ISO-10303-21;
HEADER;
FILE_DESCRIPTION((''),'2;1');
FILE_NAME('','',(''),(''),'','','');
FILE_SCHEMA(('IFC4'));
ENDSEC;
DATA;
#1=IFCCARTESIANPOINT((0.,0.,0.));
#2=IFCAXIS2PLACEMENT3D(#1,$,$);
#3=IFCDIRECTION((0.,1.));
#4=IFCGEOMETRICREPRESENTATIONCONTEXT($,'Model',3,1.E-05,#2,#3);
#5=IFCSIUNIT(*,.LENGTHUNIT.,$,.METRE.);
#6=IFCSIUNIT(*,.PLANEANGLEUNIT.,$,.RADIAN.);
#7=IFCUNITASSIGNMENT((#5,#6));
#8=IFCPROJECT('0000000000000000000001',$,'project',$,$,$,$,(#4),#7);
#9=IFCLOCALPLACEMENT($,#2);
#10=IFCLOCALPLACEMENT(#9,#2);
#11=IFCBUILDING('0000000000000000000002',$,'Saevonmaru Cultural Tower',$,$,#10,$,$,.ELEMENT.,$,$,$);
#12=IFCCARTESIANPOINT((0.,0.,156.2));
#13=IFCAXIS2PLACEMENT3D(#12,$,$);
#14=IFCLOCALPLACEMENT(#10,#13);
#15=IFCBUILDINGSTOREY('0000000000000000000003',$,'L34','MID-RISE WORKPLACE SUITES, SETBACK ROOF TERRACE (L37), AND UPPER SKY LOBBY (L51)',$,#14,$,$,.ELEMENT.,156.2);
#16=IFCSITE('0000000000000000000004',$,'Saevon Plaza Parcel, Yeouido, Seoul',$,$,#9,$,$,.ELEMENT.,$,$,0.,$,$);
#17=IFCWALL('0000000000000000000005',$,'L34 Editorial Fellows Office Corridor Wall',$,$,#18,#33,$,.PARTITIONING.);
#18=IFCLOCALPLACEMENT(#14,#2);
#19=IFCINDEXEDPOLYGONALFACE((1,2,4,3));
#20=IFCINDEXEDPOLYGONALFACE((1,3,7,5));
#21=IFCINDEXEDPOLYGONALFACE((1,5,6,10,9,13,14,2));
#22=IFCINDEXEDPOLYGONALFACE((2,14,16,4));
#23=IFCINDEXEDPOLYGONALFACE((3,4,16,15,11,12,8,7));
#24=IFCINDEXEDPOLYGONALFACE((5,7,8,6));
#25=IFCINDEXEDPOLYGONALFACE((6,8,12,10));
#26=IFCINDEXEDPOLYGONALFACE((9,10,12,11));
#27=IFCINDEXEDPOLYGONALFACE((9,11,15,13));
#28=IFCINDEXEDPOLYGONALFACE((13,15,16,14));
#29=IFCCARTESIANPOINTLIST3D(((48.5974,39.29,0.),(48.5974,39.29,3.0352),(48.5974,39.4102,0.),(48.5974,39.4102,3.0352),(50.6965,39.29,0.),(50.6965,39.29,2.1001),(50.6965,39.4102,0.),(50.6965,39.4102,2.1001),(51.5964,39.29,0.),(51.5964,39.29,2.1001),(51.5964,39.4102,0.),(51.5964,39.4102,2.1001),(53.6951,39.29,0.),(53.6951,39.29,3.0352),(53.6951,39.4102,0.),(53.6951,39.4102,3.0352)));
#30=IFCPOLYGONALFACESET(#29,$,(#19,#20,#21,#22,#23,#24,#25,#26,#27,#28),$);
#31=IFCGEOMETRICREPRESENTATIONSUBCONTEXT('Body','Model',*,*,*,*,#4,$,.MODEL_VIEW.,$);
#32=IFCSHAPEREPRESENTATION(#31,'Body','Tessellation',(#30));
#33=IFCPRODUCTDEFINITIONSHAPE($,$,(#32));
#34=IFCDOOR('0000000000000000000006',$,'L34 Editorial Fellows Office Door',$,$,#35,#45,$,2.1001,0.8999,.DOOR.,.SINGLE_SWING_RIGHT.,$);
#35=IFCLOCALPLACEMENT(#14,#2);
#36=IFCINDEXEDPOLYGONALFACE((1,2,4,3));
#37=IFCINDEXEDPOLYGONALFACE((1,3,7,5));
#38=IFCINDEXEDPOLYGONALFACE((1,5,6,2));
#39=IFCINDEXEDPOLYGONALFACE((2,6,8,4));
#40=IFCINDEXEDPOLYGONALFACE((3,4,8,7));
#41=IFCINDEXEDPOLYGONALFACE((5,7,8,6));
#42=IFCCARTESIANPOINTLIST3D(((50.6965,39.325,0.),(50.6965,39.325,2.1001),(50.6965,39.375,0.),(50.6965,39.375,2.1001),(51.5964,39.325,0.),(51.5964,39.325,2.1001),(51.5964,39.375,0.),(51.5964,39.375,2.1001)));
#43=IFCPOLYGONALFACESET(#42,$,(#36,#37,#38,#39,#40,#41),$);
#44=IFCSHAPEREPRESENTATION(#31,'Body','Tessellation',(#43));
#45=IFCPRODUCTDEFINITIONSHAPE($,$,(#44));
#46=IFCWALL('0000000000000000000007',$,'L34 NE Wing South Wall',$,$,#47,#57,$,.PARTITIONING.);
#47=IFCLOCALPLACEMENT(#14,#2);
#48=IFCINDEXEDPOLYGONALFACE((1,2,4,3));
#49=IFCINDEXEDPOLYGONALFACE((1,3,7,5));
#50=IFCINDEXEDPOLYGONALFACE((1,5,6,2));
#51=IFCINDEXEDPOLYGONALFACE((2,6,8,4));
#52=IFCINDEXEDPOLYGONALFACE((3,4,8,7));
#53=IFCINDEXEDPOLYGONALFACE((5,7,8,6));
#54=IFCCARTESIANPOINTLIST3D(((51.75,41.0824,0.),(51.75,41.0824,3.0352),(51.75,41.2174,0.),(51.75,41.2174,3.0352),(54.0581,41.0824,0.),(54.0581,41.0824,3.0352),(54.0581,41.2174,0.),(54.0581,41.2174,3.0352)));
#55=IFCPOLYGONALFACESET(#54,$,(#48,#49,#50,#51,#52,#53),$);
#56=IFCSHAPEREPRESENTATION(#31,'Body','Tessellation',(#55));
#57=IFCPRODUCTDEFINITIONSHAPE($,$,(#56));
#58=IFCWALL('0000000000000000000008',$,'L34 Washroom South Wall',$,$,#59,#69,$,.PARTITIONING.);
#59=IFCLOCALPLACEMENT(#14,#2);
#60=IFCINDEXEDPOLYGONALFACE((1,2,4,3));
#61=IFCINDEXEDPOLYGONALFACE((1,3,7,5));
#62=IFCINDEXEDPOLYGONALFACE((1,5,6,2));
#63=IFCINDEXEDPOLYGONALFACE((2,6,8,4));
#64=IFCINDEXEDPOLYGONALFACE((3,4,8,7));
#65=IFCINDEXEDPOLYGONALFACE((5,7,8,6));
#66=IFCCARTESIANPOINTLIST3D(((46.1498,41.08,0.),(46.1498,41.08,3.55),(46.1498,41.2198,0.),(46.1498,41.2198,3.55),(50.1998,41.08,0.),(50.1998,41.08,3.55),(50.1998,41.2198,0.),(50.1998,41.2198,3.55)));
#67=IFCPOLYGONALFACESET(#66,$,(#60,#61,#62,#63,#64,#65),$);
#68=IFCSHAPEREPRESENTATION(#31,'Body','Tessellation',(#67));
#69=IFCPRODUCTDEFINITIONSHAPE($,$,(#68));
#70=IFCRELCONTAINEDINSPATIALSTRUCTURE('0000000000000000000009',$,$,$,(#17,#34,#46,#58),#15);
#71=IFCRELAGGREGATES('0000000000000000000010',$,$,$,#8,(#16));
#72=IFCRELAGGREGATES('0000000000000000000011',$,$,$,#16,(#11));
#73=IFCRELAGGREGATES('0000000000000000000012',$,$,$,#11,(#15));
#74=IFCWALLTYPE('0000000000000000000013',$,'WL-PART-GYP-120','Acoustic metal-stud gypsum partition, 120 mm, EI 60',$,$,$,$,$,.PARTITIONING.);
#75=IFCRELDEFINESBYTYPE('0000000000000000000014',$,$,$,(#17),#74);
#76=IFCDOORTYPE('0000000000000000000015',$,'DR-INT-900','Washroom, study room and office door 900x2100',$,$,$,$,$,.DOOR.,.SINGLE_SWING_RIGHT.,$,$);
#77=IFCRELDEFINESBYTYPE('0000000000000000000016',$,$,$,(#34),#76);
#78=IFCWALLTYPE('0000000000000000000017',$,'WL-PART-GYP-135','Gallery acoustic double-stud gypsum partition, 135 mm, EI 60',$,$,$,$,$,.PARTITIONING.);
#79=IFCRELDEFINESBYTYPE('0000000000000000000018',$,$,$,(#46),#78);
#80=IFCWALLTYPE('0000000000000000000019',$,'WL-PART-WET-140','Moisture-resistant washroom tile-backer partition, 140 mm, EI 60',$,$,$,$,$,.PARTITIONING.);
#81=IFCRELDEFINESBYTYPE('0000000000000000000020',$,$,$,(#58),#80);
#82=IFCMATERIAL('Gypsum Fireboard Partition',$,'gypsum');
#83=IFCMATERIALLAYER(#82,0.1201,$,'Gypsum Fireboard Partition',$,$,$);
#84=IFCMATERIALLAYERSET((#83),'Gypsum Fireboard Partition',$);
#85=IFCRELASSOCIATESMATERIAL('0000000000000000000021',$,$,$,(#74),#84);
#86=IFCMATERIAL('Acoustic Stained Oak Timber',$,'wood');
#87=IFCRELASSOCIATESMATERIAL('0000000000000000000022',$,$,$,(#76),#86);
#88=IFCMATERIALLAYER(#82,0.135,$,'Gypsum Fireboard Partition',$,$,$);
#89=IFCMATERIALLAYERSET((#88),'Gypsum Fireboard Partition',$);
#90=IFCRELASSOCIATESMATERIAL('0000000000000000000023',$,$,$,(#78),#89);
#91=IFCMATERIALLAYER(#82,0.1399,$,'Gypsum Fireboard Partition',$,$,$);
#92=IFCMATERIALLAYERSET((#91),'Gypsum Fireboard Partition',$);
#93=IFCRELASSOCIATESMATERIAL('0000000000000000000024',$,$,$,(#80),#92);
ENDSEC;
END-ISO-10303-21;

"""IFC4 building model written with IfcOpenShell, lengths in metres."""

from ifc_helpers import new_model, si_unit, direction, frame, frame_2d, origin, place, context, subcontext, project, spatial, rectangle, extrude, material, layer, layer_set, type_object, element, fill, save


model = new_model("IFC4")

# Units and contexts
model_context = context("Model", 3, precision=1e-05, world=origin(), true_north=direction((0.0, 1.0)))
body_context = subcontext(model_context, "Body", "Model", "MODEL_VIEW")
ifc_project = project(units=[si_unit("LENGTHUNIT", "METRE"), si_unit("PLANEANGLEUNIT", "RADIAN")], contexts=[model_context])

# Site, building, storey
site_placement = place(None, origin())
site = spatial("IfcSite", under=ifc_project, at=site_placement, Name="Saevon Plaza Parcel, Yeouido, Seoul", CompositionType="ELEMENT", RefElevation=0.0)
building_placement = place(site_placement, origin())
building = spatial("IfcBuilding", under=site, at=building_placement, Name="Saevonmaru Cultural Tower", CompositionType="ELEMENT")
storey_placement = place(building_placement, frame((0.0, 0.0, 156.2)))
storey = spatial("IfcBuildingStorey", under=building, at=storey_placement, Name="L34", Description="MID-RISE WORKPLACE SUITES, SETBACK ROOF TERRACE (L37), AND UPPER SKY LOBBY (L51)", CompositionType="ELEMENT", Elevation=156.2)

# Shared definitions
ifc_material_1 = material(Name="Gypsum Fireboard Partition", Category="gypsum")

# Wall, opening, door
ifc_layer_1 = layer(ifc_material_1, 0.1201, Name="Gypsum Fireboard Partition")
ifc_layer_set_1 = layer_set([ifc_layer_1], Name="Gypsum Fireboard Partition")
wall_type_1 = type_object("IfcWallType", Name="WL-PART-GYP-120", Description="Acoustic metal-stud gypsum partition, 120 mm, EI 60", PredefinedType="PARTITIONING", material=ifc_layer_set_1)
wall_1_placement = place(storey_placement, frame((48.5974, 39.3501, 0.0), z_axis=(0.0, 0.0, 1.0), x_axis=(1.0, 0.0, 0.0)))
wall_1 = element("IfcWall", 1, at=wall_1_placement, inside=storey, type_object=wall_type_1, Name="L34 Editorial Fellows Office Corridor Wall", PredefinedType="PARTITIONING", context=body_context, shape_type="SweptSolid", body=[
    extrude(rectangle(XDim=5.0977, YDim=0.1201, at=frame_2d((2.5488, 0.0))), origin(), (0.0, 0.0, 1.0), 3.0352),
])
opening_1_placement = place(wall_1_placement, frame((2.0991, 0.0, 0.0)))
opening_1 = element("IfcOpeningElement", 2, at=opening_1_placement, cuts=wall_1, PredefinedType="OPENING", context=body_context, shape_type="SweptSolid", body=[
    extrude(rectangle(XDim=0.8999, YDim=2.1001, at=frame_2d((0.45, 1.05))), frame((0.0, 0.0701, 0.0), z_axis=(0.0, -1.0, 0.0), x_axis=(1.0, 0.0, 0.0)), (0.0, 0.0, 1.0), 0.1401),
])
ifc_material_2 = material(Name="Acoustic Stained Oak Timber", Category="wood")
door_type_1 = type_object("IfcDoorType", Name="DR-INT-900", Description="Washroom, study room and office door 900x2100", OperationType="SINGLE_SWING_RIGHT", PredefinedType="DOOR", material=ifc_material_2)
door_1_placement = place(opening_1_placement, origin())
door_1 = element("IfcDoor", 3, at=door_1_placement, inside=storey, type_object=door_type_1, Name="L34 Editorial Fellows Office Door", OperationType="SINGLE_SWING_RIGHT", OverallHeight=2.1001, OverallWidth=0.8999, PredefinedType="DOOR", context=body_context, shape_type="SweptSolid", body=[
    extrude(rectangle(XDim=0.8999, YDim=2.1001, at=frame_2d((0.45, 1.05))), frame((0.0, 0.0249, 0.0), z_axis=(0.0, -1.0, 0.0), x_axis=(1.0, 0.0, 0.0)), (0.0, 0.0, 1.0), 0.05),
])
fill(opening_1, door_1)

# Walls
ifc_layer_2 = layer(ifc_material_1, 0.135, Name="Gypsum Fireboard Partition")
ifc_layer_set_2 = layer_set([ifc_layer_2], Name="Gypsum Fireboard Partition")
wall_type_2 = type_object("IfcWallType", Name="WL-PART-GYP-135", Description="Gallery acoustic double-stud gypsum partition, 135 mm, EI 60", PredefinedType="PARTITIONING", material=ifc_layer_set_2)
wall_2_placement = place(storey_placement, frame((51.75, 41.1499, 0.0), z_axis=(0.0, 0.0, 1.0), x_axis=(1.0, 0.0, 0.0)))
element("IfcWall", 4, at=wall_2_placement, inside=storey, type_object=wall_type_2, Name="L34 NE Wing South Wall", PredefinedType="PARTITIONING", context=body_context, shape_type="SweptSolid", body=[
    extrude(rectangle(XDim=2.3081, YDim=0.135, at=frame_2d((1.1541, 0.0))), origin(), (0.0, 0.0, 1.0), 3.0352),
])
ifc_layer_3 = layer(ifc_material_1, 0.1399, Name="Gypsum Fireboard Partition")
ifc_layer_set_3 = layer_set([ifc_layer_3], Name="Gypsum Fireboard Partition")
wall_type_3 = type_object("IfcWallType", Name="WL-PART-WET-140", Description="Moisture-resistant washroom tile-backer partition, 140 mm, EI 60", PredefinedType="PARTITIONING", material=ifc_layer_set_3)
wall_3_placement = place(storey_placement, frame((46.1499, 41.1499, 0.0), z_axis=(0.0, 0.0, 1.0), x_axis=(1.0, 0.0, 0.0)))
element("IfcWall", 5, at=wall_3_placement, inside=storey, type_object=wall_type_3, Name="L34 Washroom South Wall", PredefinedType="PARTITIONING", context=body_context, shape_type="SweptSolid", body=[
    extrude(rectangle(XDim=4.05, YDim=0.1399, at=frame_2d((2.0249, 0.0))), origin(), (0.0, 0.0, 1.0), 3.55),
])

save(model, "model.ifc")
